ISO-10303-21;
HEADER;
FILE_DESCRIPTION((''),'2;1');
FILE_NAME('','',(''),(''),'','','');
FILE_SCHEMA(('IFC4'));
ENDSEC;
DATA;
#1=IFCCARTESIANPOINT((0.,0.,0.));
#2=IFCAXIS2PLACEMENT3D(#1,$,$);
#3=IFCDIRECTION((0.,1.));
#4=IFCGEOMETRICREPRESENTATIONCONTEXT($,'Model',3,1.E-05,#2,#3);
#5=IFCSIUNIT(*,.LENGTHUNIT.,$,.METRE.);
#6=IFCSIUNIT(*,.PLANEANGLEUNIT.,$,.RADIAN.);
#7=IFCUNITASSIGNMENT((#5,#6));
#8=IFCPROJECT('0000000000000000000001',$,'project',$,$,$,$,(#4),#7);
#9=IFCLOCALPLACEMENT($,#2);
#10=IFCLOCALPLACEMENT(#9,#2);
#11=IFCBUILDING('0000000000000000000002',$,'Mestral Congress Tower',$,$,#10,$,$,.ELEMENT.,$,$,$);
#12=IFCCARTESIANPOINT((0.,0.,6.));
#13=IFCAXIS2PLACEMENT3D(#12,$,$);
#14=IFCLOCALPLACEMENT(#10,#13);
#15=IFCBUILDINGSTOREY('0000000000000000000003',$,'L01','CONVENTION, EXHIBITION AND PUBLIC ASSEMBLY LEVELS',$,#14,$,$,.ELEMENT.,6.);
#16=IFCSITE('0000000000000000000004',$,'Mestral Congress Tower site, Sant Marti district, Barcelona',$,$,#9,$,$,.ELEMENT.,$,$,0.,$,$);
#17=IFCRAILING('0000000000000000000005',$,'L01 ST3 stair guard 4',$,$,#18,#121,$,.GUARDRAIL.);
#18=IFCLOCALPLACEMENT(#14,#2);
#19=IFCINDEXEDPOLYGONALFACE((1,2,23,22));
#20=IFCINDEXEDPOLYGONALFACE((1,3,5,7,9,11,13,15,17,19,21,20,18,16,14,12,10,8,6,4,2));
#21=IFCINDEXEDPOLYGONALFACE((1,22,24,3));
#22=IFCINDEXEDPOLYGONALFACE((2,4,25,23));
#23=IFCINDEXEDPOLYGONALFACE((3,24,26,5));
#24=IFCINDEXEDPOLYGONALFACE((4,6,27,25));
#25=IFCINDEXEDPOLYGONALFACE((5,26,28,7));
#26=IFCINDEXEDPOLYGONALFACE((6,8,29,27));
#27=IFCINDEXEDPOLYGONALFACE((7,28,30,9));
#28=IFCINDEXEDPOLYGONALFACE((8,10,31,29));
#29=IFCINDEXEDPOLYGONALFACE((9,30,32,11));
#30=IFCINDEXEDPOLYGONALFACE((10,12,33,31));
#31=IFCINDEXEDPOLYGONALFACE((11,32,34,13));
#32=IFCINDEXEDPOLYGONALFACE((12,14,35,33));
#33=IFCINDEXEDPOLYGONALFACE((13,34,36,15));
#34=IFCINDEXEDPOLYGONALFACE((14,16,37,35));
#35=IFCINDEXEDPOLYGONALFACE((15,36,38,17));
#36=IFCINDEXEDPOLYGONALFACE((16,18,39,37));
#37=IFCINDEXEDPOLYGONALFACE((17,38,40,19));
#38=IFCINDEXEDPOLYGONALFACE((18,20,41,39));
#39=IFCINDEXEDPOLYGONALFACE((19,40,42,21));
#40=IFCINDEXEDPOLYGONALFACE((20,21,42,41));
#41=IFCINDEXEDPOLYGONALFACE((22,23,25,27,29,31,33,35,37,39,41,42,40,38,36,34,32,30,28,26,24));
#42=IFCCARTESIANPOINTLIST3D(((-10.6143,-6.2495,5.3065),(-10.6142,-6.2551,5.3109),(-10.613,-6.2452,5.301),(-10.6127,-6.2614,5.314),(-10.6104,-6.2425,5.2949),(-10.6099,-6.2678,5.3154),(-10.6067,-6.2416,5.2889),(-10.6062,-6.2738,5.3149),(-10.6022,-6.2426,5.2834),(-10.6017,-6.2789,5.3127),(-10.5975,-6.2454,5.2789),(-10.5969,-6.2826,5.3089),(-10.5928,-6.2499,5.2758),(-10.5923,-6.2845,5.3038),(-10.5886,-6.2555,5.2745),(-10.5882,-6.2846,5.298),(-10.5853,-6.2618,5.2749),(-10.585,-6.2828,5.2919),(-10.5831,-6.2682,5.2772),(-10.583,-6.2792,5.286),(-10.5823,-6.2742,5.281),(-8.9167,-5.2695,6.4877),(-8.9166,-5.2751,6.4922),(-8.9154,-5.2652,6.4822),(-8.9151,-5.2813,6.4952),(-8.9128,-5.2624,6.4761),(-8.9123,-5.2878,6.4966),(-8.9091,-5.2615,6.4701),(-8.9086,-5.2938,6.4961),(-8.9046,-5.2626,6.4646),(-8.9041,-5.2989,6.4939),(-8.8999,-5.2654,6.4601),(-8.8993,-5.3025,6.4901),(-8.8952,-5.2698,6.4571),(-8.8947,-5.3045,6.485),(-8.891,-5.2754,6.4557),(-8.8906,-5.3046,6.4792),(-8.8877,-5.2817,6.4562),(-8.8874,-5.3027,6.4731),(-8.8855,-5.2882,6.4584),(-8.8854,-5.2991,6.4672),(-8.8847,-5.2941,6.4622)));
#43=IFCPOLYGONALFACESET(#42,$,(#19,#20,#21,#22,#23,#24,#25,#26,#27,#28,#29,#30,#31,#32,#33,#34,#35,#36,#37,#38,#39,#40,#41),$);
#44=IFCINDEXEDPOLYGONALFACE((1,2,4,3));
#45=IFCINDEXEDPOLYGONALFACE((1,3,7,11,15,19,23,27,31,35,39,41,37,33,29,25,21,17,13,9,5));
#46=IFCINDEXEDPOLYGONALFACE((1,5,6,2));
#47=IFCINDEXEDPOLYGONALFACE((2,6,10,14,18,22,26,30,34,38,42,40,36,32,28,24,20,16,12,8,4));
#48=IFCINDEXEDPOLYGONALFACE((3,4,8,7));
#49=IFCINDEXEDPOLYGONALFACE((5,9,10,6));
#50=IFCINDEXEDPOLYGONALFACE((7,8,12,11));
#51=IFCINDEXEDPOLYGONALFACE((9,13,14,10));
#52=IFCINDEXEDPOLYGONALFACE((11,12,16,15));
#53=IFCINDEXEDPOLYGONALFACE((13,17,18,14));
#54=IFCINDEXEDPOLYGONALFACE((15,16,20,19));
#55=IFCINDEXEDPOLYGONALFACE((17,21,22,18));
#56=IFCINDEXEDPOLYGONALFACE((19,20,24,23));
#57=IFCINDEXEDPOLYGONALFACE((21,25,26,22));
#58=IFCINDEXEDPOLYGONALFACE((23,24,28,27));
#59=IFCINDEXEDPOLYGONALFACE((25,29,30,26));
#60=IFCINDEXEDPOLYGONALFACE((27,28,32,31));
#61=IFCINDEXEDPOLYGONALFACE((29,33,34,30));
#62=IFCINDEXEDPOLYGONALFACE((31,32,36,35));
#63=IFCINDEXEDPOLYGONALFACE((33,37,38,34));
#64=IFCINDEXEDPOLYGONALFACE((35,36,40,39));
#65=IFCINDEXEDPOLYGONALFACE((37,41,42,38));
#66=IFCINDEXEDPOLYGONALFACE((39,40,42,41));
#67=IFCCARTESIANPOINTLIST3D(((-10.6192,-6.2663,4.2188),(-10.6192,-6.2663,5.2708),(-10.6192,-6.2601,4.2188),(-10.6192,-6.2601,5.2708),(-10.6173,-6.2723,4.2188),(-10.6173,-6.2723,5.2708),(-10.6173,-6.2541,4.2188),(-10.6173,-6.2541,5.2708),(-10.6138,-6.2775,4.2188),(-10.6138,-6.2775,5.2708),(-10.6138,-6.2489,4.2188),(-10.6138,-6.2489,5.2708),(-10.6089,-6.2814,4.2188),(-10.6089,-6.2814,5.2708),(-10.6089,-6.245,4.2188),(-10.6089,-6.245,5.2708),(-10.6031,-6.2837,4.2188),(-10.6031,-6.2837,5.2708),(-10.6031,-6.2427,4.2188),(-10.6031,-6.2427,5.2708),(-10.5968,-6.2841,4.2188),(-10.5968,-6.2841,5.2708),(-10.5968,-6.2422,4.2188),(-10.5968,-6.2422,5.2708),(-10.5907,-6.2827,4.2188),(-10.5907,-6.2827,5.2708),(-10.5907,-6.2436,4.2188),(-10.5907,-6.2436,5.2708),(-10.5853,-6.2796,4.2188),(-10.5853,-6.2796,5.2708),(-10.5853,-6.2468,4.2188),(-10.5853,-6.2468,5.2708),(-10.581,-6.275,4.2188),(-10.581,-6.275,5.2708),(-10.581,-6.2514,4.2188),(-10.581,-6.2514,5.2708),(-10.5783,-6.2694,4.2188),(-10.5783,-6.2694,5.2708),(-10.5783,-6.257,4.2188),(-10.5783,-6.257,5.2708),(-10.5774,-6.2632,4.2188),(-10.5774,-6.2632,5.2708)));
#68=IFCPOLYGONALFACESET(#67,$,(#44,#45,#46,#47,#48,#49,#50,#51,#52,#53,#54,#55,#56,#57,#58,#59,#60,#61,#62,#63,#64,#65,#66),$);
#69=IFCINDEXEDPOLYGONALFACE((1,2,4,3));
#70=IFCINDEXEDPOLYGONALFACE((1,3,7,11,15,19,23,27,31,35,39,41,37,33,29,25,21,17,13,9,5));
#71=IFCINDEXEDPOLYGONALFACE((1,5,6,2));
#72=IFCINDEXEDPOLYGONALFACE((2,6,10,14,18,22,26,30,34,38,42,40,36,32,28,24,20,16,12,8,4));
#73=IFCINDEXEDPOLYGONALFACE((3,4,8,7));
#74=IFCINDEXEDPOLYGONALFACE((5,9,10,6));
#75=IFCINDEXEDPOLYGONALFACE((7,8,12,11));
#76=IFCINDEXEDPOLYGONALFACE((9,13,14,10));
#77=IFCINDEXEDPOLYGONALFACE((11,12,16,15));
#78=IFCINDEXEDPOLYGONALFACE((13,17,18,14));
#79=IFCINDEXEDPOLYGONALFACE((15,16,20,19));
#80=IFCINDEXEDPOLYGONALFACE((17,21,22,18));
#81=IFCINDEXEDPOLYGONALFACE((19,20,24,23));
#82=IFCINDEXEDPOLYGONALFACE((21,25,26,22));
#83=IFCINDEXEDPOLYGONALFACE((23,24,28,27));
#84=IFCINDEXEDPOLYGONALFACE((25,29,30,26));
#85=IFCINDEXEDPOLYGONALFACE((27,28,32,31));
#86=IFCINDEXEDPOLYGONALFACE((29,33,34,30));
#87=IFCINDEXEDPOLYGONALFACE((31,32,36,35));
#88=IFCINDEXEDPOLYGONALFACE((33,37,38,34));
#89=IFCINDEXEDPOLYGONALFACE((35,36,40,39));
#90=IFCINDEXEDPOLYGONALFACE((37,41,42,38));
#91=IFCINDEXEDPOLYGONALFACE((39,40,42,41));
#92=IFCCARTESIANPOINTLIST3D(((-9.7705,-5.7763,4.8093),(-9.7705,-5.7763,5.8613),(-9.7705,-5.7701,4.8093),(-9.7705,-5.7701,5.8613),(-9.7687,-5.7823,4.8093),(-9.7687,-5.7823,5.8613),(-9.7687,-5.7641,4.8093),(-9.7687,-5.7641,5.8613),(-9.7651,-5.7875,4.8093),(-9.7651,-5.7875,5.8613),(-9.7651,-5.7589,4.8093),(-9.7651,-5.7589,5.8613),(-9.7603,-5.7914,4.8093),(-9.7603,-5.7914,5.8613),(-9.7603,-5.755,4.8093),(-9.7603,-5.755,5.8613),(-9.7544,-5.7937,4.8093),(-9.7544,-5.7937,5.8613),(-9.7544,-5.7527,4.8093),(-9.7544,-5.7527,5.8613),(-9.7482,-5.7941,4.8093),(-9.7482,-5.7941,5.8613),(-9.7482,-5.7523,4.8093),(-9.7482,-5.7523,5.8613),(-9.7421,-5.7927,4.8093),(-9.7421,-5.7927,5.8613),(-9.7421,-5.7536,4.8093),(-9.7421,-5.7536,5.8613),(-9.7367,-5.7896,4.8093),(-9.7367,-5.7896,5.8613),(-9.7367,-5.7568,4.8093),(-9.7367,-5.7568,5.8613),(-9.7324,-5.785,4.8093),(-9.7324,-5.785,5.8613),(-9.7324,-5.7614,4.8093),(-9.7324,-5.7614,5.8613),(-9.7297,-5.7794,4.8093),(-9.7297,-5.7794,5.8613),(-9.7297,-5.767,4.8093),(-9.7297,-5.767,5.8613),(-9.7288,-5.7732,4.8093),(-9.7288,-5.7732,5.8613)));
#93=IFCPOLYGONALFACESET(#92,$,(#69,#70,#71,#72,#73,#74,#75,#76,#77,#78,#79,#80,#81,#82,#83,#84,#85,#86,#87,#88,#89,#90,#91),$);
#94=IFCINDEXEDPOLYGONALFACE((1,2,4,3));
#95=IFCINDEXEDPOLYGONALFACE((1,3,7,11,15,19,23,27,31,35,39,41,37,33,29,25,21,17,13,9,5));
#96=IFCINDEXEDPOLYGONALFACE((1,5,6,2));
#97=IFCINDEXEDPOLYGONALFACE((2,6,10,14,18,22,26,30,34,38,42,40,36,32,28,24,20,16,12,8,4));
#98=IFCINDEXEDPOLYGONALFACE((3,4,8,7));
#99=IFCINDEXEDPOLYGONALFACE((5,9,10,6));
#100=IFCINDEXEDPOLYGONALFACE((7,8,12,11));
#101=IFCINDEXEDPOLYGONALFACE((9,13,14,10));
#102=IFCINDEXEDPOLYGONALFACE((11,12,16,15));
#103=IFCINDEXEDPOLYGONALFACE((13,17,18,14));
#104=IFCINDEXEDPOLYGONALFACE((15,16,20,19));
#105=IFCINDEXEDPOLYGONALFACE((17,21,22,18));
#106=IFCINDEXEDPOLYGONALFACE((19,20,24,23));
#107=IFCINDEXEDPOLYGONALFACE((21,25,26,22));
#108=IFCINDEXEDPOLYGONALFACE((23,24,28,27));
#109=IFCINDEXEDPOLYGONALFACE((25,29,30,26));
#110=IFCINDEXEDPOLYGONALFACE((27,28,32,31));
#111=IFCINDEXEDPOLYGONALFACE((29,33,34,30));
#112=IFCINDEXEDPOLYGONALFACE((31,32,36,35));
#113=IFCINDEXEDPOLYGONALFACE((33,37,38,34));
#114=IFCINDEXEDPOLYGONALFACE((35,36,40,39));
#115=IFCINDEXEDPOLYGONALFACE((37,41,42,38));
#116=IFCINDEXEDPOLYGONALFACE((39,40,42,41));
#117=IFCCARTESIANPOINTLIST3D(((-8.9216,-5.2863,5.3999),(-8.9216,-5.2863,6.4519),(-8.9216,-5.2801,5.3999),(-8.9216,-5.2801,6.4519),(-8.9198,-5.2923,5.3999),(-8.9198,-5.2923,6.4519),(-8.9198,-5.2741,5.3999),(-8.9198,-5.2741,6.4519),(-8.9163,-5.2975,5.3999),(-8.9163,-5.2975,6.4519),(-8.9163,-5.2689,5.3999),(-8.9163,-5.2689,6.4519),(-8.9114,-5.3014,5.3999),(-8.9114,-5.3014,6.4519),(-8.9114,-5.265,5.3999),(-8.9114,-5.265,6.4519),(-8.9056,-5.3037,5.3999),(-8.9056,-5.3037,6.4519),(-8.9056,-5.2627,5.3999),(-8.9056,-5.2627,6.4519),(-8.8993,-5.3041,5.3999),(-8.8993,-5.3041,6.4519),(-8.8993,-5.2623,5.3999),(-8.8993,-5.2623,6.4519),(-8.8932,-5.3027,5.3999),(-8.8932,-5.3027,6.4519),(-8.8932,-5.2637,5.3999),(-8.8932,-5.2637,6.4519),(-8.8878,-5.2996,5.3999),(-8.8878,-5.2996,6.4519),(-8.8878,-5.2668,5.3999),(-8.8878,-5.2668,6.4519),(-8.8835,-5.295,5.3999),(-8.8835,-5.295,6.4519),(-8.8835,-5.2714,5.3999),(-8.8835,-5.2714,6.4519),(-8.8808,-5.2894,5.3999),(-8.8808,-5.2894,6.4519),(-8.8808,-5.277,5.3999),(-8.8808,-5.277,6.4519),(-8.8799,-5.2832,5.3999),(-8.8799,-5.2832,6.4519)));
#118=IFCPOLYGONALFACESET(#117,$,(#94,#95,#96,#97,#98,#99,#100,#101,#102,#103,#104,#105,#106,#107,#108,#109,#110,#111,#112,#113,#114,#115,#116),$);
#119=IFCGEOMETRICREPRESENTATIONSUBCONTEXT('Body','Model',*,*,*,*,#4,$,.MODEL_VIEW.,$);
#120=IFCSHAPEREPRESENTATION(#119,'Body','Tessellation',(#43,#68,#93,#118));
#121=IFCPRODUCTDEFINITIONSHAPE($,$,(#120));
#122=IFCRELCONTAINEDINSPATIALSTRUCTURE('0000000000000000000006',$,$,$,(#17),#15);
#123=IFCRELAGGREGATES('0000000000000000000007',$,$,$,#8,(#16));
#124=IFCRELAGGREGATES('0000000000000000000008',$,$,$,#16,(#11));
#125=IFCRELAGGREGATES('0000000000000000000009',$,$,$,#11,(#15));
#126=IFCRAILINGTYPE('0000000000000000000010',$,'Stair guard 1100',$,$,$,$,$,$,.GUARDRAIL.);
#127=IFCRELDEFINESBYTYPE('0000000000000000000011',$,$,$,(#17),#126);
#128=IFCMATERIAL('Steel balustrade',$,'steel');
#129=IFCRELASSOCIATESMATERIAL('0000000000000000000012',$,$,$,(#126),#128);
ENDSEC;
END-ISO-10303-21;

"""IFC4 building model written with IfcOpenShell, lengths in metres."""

from ifc_helpers import new_model, si_unit, direction, frame, origin, origin_2d, place, context, subcontext, project, spatial, circle, extrude, material, type_object, element, save


model = new_model("IFC4")

# Units and contexts
model_context = context("Model", 3, precision=1e-05, world=origin(), true_north=direction((0.0, 1.0)))
body_context = subcontext(model_context, "Body", "Model", "MODEL_VIEW")
ifc_project = project(units=[si_unit("LENGTHUNIT", "METRE"), si_unit("PLANEANGLEUNIT", "RADIAN")], contexts=[model_context])

# Site, building, storey
site_placement = place(None, origin())
site = spatial("IfcSite", under=ifc_project, at=site_placement, Name="Mestral Congress Tower site, Sant Marti district, Barcelona", CompositionType="ELEMENT", RefElevation=0.0)
building_placement = place(site_placement, origin())
building = spatial("IfcBuilding", under=site, at=building_placement, Name="Mestral Congress Tower", CompositionType="ELEMENT")
storey_placement = place(building_placement, frame((0.0, 0.0, 6.0)))
storey = spatial("IfcBuildingStorey", under=building, at=storey_placement, Name="L01", Description="CONVENTION, EXHIBITION AND PUBLIC ASSEMBLY LEVELS", CompositionType="ELEMENT", Elevation=6.0)

# Railing
ifc_material_1 = material(Name="Steel balustrade", Category="steel")
railing_type_1 = type_object("IfcRailingType", Name="Stair guard 1100", PredefinedType="GUARDRAIL", material=ifc_material_1)
railing_1_placement = place(storey_placement, frame((-10.5984, -6.2632, 4.2188)))
element("IfcRailing", 1, at=railing_1_placement, inside=storey, type_object=railing_type_1, Name="L01 ST3 stair guard 4", PredefinedType="GUARDRAIL", context=body_context, shape_type="SweptSolid", body=[
    extrude(circle(Radius=0.0239, at=origin_2d()), frame((0.0, 0.0, 1.0762), z_axis=(0.741771, 0.428228, 0.516135), x_axis=(-0.49997, 0.866042, 0.0)), (0.0, 0.0, 1.0), 2.2886),
    extrude(circle(Radius=0.021, at=origin_2d()), origin(), (0.0, 0.0, 1.0), 1.052),
    extrude(circle(Radius=0.021, at=origin_2d()), frame((0.8486, 0.49, 0.5906)), (0.0, 0.0, 1.0), 1.052),
    extrude(circle(Radius=0.021, at=origin_2d()), frame((1.6975, 0.98, 1.1812)), (0.0, 0.0, 1.0), 1.052),
])

save(model, "model.ifc")
